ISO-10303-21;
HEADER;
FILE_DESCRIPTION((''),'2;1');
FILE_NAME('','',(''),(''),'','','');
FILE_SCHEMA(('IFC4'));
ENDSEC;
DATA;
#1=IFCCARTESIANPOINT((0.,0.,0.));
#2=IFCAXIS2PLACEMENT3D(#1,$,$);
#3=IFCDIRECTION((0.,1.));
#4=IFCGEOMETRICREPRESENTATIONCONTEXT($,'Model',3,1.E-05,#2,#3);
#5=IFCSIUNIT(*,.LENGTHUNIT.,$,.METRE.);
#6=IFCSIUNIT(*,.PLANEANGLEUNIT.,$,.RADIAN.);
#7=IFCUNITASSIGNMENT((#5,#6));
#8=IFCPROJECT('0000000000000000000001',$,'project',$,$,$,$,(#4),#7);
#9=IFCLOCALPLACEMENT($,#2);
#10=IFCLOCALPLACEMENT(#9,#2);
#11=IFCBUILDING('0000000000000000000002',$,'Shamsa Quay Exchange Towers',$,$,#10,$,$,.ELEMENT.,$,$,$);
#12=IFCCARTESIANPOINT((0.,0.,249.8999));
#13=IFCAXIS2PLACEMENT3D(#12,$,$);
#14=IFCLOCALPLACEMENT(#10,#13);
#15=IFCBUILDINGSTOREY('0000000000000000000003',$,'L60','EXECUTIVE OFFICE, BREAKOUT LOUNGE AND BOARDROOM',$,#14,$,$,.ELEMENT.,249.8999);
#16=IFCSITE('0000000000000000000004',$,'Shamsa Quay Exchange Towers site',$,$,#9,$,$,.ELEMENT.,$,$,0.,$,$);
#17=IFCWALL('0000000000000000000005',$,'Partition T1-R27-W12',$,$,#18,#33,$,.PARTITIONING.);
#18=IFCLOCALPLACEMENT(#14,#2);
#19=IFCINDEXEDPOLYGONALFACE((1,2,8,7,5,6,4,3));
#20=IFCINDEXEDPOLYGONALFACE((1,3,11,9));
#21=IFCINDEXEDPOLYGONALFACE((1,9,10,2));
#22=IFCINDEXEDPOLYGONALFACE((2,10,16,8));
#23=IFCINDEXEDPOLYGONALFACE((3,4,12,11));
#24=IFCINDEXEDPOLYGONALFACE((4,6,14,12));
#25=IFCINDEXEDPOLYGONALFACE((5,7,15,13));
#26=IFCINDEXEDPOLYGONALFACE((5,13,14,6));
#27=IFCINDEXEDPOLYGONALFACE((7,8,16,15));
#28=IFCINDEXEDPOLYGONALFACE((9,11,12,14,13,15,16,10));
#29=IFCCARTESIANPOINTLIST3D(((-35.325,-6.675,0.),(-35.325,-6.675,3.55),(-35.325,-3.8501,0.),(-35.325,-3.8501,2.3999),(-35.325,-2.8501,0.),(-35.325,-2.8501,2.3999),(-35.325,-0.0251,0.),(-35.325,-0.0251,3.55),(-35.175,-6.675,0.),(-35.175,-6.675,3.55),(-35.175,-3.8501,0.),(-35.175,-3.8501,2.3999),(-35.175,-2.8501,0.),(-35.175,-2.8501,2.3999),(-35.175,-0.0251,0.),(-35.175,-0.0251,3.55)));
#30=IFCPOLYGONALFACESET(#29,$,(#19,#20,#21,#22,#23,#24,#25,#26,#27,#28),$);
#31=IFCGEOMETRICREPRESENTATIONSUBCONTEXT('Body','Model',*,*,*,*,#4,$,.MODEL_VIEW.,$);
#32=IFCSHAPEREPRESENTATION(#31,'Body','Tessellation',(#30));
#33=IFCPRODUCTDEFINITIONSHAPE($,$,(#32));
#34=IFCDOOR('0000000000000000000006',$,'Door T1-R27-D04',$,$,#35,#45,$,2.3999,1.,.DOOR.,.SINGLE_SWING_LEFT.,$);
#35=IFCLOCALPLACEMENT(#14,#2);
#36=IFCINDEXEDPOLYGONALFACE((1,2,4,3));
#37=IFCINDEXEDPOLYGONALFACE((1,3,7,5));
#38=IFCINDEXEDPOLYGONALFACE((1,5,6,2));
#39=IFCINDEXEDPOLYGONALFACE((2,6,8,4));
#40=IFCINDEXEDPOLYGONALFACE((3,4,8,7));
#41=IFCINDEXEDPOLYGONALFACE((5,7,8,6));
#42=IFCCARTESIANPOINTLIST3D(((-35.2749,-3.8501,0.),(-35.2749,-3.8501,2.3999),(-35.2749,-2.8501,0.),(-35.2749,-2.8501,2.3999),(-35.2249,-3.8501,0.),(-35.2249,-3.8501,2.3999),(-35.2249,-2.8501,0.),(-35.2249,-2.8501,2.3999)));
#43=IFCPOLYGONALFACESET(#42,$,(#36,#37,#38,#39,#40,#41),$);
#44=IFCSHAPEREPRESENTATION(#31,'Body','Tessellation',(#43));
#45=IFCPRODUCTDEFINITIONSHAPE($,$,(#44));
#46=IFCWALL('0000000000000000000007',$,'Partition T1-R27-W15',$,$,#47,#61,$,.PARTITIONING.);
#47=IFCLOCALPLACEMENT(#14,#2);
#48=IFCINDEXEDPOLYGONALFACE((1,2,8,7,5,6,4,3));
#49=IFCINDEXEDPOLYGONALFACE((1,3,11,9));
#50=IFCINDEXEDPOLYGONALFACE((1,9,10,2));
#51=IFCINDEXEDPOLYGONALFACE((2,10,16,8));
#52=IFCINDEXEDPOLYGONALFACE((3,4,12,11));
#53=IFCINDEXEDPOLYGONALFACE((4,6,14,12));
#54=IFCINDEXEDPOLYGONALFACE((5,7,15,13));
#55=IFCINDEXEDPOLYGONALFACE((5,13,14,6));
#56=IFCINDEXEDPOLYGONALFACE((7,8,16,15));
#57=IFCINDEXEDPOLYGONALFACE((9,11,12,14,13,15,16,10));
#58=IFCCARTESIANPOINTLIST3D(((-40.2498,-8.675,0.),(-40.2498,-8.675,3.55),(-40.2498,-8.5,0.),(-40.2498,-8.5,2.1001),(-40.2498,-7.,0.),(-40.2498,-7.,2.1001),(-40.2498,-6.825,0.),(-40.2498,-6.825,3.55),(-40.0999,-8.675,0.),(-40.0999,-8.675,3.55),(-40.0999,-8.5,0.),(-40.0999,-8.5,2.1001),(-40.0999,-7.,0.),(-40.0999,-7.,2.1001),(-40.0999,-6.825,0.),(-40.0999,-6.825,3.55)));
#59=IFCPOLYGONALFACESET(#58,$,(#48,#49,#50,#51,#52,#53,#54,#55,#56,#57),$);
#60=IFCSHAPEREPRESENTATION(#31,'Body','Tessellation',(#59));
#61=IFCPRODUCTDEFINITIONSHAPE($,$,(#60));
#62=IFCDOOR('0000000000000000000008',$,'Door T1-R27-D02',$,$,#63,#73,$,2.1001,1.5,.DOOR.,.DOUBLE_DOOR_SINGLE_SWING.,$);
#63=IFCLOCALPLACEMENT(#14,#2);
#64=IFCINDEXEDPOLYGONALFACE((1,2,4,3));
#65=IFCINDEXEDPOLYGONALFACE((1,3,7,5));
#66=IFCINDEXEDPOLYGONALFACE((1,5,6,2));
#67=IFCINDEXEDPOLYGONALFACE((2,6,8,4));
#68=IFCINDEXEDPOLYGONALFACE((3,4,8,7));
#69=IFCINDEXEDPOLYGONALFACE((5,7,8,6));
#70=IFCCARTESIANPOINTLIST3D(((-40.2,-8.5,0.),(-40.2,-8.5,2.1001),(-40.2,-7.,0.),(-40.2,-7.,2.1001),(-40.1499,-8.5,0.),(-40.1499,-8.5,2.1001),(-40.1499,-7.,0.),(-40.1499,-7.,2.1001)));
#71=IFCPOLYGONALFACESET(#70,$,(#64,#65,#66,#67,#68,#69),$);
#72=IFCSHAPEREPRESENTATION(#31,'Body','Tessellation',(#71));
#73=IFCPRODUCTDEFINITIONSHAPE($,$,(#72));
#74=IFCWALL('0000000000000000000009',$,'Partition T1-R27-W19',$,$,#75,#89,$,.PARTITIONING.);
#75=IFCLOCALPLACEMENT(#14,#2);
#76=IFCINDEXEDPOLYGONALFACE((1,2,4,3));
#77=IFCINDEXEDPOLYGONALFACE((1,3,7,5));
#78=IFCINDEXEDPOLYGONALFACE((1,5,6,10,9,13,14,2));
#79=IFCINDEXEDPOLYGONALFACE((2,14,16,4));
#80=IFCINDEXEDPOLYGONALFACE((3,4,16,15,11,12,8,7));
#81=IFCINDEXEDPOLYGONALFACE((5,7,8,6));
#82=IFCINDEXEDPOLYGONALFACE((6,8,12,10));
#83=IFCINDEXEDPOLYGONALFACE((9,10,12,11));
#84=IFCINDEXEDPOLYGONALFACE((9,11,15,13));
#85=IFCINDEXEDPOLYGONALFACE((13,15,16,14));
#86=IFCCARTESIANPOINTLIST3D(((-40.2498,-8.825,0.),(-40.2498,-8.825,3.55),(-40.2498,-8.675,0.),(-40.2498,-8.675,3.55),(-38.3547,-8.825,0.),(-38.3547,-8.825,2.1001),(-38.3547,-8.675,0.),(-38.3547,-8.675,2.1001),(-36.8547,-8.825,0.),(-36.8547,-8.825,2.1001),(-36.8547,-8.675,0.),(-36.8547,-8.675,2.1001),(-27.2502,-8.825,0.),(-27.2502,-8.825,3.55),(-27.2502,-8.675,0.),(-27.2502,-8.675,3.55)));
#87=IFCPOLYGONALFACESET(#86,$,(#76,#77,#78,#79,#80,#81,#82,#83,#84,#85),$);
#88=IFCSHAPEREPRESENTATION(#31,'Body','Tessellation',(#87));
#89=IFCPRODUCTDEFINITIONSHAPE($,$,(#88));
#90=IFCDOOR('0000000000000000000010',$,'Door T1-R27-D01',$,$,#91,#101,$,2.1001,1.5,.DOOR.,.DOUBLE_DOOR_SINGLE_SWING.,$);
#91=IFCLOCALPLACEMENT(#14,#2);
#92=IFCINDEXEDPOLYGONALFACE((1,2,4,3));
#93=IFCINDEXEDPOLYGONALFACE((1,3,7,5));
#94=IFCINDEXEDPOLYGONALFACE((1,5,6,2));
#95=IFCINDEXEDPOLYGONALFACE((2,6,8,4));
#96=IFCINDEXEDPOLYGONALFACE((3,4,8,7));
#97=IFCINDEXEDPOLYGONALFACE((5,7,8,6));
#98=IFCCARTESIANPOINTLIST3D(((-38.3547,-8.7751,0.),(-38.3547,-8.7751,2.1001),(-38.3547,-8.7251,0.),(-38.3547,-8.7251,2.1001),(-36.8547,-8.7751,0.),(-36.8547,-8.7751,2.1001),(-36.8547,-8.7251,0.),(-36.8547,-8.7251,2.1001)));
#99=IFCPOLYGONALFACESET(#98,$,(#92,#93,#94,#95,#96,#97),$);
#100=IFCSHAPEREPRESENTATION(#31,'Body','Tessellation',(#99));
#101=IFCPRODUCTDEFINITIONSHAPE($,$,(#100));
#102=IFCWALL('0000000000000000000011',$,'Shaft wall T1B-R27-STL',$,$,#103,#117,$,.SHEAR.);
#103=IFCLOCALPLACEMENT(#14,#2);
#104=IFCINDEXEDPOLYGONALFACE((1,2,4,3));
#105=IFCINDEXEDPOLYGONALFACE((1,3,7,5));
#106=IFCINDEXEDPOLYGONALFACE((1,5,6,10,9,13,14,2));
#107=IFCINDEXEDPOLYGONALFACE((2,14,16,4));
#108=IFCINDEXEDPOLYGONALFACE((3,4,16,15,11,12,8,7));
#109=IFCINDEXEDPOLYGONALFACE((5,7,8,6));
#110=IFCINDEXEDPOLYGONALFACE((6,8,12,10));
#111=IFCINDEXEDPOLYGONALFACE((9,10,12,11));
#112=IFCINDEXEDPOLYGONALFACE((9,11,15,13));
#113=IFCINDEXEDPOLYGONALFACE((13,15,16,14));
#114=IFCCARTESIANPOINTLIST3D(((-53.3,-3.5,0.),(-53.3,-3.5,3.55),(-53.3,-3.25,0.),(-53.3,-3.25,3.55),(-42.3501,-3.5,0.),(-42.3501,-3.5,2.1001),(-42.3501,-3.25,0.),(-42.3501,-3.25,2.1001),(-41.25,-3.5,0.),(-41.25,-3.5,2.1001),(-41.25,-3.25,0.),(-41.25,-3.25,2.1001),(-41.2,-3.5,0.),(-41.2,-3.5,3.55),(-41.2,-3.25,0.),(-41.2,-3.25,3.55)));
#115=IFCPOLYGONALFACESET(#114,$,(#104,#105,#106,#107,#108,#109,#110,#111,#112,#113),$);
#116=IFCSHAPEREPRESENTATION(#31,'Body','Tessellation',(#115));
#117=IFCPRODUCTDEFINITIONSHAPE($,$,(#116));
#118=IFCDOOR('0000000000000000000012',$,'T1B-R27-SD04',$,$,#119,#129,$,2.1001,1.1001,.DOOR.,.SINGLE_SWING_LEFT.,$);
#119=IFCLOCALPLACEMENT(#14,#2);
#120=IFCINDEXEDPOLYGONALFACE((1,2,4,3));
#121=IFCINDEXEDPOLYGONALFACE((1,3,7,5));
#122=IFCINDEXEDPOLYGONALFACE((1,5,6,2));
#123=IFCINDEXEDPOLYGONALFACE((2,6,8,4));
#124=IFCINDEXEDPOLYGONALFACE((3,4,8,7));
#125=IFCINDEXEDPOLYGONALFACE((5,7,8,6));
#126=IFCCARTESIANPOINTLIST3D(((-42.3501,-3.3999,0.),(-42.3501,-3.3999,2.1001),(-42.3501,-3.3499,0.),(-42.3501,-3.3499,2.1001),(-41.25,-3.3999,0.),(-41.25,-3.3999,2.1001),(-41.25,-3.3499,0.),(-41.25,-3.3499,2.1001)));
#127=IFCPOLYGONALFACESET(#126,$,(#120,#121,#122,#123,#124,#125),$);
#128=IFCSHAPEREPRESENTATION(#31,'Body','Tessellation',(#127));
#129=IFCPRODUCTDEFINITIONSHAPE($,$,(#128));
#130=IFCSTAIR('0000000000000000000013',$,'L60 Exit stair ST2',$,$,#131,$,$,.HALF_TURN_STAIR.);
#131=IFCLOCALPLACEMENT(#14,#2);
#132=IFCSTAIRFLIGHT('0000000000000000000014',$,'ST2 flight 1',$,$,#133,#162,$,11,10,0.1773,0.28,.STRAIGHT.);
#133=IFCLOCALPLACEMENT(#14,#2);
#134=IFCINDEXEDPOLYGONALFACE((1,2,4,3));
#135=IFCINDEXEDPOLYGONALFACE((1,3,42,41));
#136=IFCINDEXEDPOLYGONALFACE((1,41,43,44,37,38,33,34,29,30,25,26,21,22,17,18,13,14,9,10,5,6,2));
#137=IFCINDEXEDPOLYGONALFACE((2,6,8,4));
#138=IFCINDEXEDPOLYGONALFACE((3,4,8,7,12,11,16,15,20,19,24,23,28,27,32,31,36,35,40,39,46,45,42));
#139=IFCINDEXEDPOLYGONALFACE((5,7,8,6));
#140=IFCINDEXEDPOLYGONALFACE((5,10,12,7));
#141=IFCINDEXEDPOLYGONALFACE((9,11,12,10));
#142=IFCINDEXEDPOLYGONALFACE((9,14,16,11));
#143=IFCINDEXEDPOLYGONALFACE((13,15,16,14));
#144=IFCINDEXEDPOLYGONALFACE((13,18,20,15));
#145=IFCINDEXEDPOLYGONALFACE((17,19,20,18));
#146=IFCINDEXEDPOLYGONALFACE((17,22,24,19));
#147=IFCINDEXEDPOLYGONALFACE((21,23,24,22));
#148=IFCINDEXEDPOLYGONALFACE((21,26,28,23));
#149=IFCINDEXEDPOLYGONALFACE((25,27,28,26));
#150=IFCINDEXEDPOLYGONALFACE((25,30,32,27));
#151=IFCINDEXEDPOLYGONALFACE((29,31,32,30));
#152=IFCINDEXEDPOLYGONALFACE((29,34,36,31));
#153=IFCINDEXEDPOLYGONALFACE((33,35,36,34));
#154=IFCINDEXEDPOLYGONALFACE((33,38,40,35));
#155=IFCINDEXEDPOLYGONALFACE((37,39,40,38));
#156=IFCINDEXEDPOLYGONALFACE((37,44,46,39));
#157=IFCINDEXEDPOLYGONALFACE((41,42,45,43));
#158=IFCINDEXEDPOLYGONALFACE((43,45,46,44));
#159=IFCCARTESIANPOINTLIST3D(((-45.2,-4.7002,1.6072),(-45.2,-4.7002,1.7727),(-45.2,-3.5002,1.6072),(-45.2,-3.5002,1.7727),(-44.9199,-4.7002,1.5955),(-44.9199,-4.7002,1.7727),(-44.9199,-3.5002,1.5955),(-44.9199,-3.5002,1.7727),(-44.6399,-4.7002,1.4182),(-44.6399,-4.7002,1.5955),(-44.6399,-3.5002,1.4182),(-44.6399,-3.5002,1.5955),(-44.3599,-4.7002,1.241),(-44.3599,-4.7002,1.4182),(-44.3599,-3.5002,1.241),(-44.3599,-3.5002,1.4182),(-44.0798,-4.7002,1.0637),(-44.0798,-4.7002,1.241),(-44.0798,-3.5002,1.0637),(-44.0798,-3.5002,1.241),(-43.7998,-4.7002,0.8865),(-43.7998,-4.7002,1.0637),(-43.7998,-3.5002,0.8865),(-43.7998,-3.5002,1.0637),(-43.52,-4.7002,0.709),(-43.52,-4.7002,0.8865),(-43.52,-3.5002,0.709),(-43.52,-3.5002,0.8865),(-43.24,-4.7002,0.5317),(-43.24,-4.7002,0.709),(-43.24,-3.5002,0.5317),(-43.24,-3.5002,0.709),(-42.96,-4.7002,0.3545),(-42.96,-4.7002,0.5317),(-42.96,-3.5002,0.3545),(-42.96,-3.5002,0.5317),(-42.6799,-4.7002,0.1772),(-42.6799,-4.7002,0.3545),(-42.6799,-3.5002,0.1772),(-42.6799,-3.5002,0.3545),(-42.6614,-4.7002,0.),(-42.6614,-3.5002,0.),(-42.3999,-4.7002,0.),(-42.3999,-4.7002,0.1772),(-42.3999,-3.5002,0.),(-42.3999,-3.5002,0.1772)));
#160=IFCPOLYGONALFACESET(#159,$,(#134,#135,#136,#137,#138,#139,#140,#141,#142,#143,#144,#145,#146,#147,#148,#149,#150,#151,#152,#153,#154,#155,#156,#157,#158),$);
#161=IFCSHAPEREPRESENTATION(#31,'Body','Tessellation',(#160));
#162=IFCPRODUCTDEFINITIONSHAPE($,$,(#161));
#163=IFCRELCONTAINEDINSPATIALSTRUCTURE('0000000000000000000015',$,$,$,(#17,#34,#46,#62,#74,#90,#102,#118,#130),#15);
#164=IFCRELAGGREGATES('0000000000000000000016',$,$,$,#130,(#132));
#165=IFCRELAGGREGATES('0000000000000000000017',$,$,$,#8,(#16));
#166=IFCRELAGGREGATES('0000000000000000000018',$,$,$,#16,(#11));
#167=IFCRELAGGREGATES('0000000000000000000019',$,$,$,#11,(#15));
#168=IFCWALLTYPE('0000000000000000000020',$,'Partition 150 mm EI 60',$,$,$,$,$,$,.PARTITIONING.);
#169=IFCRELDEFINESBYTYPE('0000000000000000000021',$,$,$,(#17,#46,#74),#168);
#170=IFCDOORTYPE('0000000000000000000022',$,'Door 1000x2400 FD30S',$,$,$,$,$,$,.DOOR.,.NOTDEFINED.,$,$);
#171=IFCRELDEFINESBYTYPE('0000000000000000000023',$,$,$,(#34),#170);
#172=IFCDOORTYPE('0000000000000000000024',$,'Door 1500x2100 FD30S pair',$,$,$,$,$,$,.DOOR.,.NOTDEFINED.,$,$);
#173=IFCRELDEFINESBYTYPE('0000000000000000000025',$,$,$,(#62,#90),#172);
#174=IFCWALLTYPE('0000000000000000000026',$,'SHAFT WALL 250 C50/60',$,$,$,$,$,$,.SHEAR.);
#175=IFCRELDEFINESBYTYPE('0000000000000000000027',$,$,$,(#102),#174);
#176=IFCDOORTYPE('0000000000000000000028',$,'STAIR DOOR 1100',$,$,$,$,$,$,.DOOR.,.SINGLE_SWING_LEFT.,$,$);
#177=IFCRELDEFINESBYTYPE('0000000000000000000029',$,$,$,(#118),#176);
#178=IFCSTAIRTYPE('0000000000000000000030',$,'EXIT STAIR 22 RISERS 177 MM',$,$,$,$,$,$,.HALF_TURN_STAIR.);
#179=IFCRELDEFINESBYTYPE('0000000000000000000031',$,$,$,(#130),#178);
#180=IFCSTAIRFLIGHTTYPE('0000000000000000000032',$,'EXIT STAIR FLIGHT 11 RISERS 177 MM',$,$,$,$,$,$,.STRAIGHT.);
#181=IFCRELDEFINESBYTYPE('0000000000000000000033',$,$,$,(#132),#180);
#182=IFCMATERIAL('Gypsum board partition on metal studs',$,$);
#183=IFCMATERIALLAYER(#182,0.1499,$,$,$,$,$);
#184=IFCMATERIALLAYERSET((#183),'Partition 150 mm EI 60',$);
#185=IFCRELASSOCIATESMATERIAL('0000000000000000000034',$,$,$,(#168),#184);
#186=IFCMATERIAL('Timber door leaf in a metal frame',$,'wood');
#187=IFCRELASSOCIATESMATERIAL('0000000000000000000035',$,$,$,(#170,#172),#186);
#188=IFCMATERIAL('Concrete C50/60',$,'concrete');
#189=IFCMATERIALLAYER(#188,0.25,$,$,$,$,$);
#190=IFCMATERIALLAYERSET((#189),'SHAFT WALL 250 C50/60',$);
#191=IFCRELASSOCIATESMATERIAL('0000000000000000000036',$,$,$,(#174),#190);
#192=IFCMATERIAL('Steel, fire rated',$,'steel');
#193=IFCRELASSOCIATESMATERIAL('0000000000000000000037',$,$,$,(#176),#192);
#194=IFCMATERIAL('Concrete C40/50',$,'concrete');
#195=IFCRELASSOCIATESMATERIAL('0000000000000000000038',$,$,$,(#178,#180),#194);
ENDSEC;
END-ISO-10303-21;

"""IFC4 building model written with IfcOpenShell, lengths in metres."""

from ifc_helpers import new_model, si_unit, direction, frame, frame_2d, origin, place, context, subcontext, project, spatial, polyline, rectangle, outline, extrude, material, layer, layer_set, type_object, element, fill, aggregate, save


model = new_model("IFC4")

# Units and contexts
model_context = context("Model", 3, precision=1e-05, world=origin(), true_north=direction((0.0, 1.0)))
body_context = subcontext(model_context, "Body", "Model", "MODEL_VIEW")
ifc_project = project(units=[si_unit("LENGTHUNIT", "METRE"), si_unit("PLANEANGLEUNIT", "RADIAN")], contexts=[model_context])

# Site, building, storey
site_placement = place(None, origin())
site = spatial("IfcSite", under=ifc_project, at=site_placement, Name="Shamsa Quay Exchange Towers site", CompositionType="ELEMENT", RefElevation=0.0)
building_placement = place(site_placement, origin())
building = spatial("IfcBuilding", under=site, at=building_placement, Name="Shamsa Quay Exchange Towers", CompositionType="ELEMENT")
storey_placement = place(building_placement, frame((0.0, 0.0, 249.8999)))
storey = spatial("IfcBuildingStorey", under=building, at=storey_placement, Name="L60", Description="EXECUTIVE OFFICE, BREAKOUT LOUNGE AND BOARDROOM", CompositionType="ELEMENT", Elevation=249.8999)

# Shared definitions
ifc_material_1 = material(Name="Steel, fire rated", Category="steel")

# Shared definitions
ifc_material_2 = material(Name="Gypsum board partition on metal studs")
ifc_layer_1 = layer(ifc_material_2, 0.1499)
ifc_layer_set_1 = layer_set([ifc_layer_1], Name="Partition 150 mm EI 60")
wall_type_1 = type_object("IfcWallType", Name="Partition 150 mm EI 60", PredefinedType="PARTITIONING", material=ifc_layer_set_1)

# Walls, openings, doors
wall_1_placement = place(storey_placement, frame((-35.25, -6.675, 0.0), z_axis=(0.0, 0.0, 1.0), x_axis=(0.0, 1.0, 0.0)))
wall_1 = element("IfcWall", 1, at=wall_1_placement, inside=storey, type_object=wall_type_1, Name="Partition T1-R27-W12", PredefinedType="PARTITIONING", context=body_context, shape_type="SweptSolid", body=[
    extrude(rectangle(XDim=6.6499, YDim=0.1499, at=frame_2d((3.325, 0.0))), origin(), (0.0, 0.0, 1.0), 3.55),
])
opening_1_placement = place(wall_1_placement, frame((2.825, 0.0, 0.0)))
opening_1 = element("IfcOpeningElement", 2, at=opening_1_placement, cuts=wall_1, PredefinedType="OPENING", context=body_context, shape_type="SweptSolid", body=[
    extrude(rectangle(XDim=1.0, YDim=2.3999, at=frame_2d((0.5, 1.2))), frame((0.0, 0.085, 0.0), z_axis=(0.0, -1.0, 0.0), x_axis=(1.0, 0.0, 0.0)), (0.0, 0.0, 1.0), 0.1699),
])
ifc_material_3 = material(Name="Timber door leaf in a metal frame", Category="wood")
door_type_1 = type_object("IfcDoorType", Name="Door 1000x2400 FD30S", OperationType="NOTDEFINED", PredefinedType="DOOR", material=ifc_material_3)
door_1_placement = place(opening_1_placement, origin())
door_1 = element("IfcDoor", 3, at=door_1_placement, inside=storey, type_object=door_type_1, Name="Door T1-R27-D04", OperationType="SINGLE_SWING_LEFT", OverallHeight=2.3999, OverallWidth=1.0, PredefinedType="DOOR", context=body_context, shape_type="SweptSolid", body=[
    extrude(rectangle(XDim=1.0, YDim=2.3999, at=frame_2d((0.5, 1.2))), frame((0.0, 0.0249, 0.0), z_axis=(0.0, -1.0, 0.0), x_axis=(1.0, 0.0, 0.0)), (0.0, 0.0, 1.0), 0.05),
])
fill(opening_1, door_1)
wall_2_placement = place(storey_placement, frame((-40.1748, -6.825, 0.0), z_axis=(0.0, 0.0, 1.0), x_axis=(0.0, -1.0, 0.0)))
wall_2 = element("IfcWall", 4, at=wall_2_placement, inside=storey, type_object=wall_type_1, Name="Partition T1-R27-W15", PredefinedType="PARTITIONING", context=body_context, shape_type="SweptSolid", body=[
    extrude(rectangle(XDim=1.8501, YDim=0.1499, at=frame_2d((0.925, 0.0))), origin(), (0.0, 0.0, 1.0), 3.55),
])
opening_2_placement = place(wall_2_placement, frame((0.175, 0.0, 0.0)))
opening_2 = element("IfcOpeningElement", 5, at=opening_2_placement, cuts=wall_2, PredefinedType="OPENING", context=body_context, shape_type="SweptSolid", body=[
    extrude(rectangle(XDim=1.5, YDim=2.1001, at=frame_2d((0.75, 1.05))), frame((0.0, 0.085, 0.0), z_axis=(0.0, -1.0, 0.0), x_axis=(1.0, 0.0, 0.0)), (0.0, 0.0, 1.0), 0.1699),
])
door_type_2 = type_object("IfcDoorType", Name="Door 1500x2100 FD30S pair", OperationType="NOTDEFINED", PredefinedType="DOOR", material=ifc_material_3)
door_2_placement = place(opening_2_placement, origin())
door_2 = element("IfcDoor", 6, at=door_2_placement, inside=storey, type_object=door_type_2, Name="Door T1-R27-D02", OperationType="DOUBLE_DOOR_SINGLE_SWING", OverallHeight=2.1001, OverallWidth=1.5, PredefinedType="DOOR", context=body_context, shape_type="SweptSolid", body=[
    extrude(rectangle(XDim=1.5, YDim=2.1001, at=frame_2d((0.75, 1.05))), frame((0.0, 0.0249, 0.0), z_axis=(0.0, -1.0, 0.0), x_axis=(1.0, 0.0, 0.0)), (0.0, 0.0, 1.0), 0.05),
])
fill(opening_2, door_2)
wall_3_placement = place(storey_placement, frame((-40.2498, -8.75, 0.0)))
wall_3 = element("IfcWall", 7, at=wall_3_placement, inside=storey, type_object=wall_type_1, Name="Partition T1-R27-W19", PredefinedType="PARTITIONING", context=body_context, shape_type="SweptSolid", body=[
    extrude(rectangle(XDim=12.9995, YDim=0.1499, at=frame_2d((6.4998, 0.0))), origin(), (0.0, 0.0, 1.0), 3.55),
])
opening_3_placement = place(wall_3_placement, frame((1.895, 0.0, 0.0)))
opening_3 = element("IfcOpeningElement", 8, at=opening_3_placement, cuts=wall_3, PredefinedType="OPENING", context=body_context, shape_type="SweptSolid", body=[
    extrude(rectangle(XDim=1.5, YDim=2.1001, at=frame_2d((0.75, 1.05))), frame((0.0, 0.085, 0.0), z_axis=(0.0, -1.0, 0.0), x_axis=(1.0, 0.0, 0.0)), (0.0, 0.0, 1.0), 0.1699),
])
door_3_placement = place(opening_3_placement, origin())
door_3 = element("IfcDoor", 9, at=door_3_placement, inside=storey, type_object=door_type_2, Name="Door T1-R27-D01", OperationType="DOUBLE_DOOR_SINGLE_SWING", OverallHeight=2.1001, OverallWidth=1.5, PredefinedType="DOOR", context=body_context, shape_type="SweptSolid", body=[
    extrude(rectangle(XDim=1.5, YDim=2.1001, at=frame_2d((0.75, 1.05))), frame((0.0, 0.0249, 0.0), z_axis=(0.0, -1.0, 0.0), x_axis=(1.0, 0.0, 0.0)), (0.0, 0.0, 1.0), 0.05),
])
fill(opening_3, door_3)
ifc_material_4 = material(Name="Concrete C50/60", Category="concrete")
ifc_layer_2 = layer(ifc_material_4, 0.25)
ifc_layer_set_2 = layer_set([ifc_layer_2], Name="SHAFT WALL 250 C50/60")
wall_type_2 = type_object("IfcWallType", Name="SHAFT WALL 250 C50/60", PredefinedType="SHEAR", material=ifc_layer_set_2)
wall_4_placement = place(storey_placement, frame((-41.2, -3.375, 0.0), z_axis=(0.0, 0.0, 1.0), x_axis=(-1.0, 0.0, 0.0)))
wall_4 = element("IfcWall", 10, at=wall_4_placement, inside=storey, type_object=wall_type_2, Name="Shaft wall T1B-R27-STL", PredefinedType="SHEAR", context=body_context, shape_type="SweptSolid", body=[
    extrude(rectangle(XDim=12.1001, YDim=0.25, at=frame_2d((6.05, 0.0))), origin(), (0.0, 0.0, 1.0), 3.55),
])
opening_4_placement = place(wall_4_placement, frame((0.05, 0.0, 0.0)))
opening_4 = element("IfcOpeningElement", 11, at=opening_4_placement, cuts=wall_4, PredefinedType="OPENING", context=body_context, shape_type="SweptSolid", body=[
    extrude(rectangle(XDim=1.1001, YDim=2.1001, at=frame_2d((0.55, 1.05))), frame((0.0, 0.135, 0.0), z_axis=(0.0, -1.0, 0.0), x_axis=(1.0, 0.0, 0.0)), (0.0, 0.0, 1.0), 0.27),
])
door_type_3 = type_object("IfcDoorType", Name="STAIR DOOR 1100", OperationType="SINGLE_SWING_LEFT", PredefinedType="DOOR", material=ifc_material_1)
door_4_placement = place(opening_4_placement, origin())
door_4 = element("IfcDoor", 12, at=door_4_placement, inside=storey, type_object=door_type_3, Name="T1B-R27-SD04", OperationType="SINGLE_SWING_LEFT", OverallHeight=2.1001, OverallWidth=1.1001, PredefinedType="DOOR", context=body_context, shape_type="SweptSolid", body=[
    extrude(rectangle(XDim=1.1001, YDim=2.1001, at=frame_2d((0.55, 1.05))), frame((0.0, 0.0249, 0.0), z_axis=(0.0, -1.0, 0.0), x_axis=(1.0, 0.0, 0.0)), (0.0, 0.0, 1.0), 0.05),
])
fill(opening_4, door_4)

# Stair, stair flight
ifc_material_5 = material(Name="Concrete C40/50", Category="concrete")
stair_type = type_object("IfcStairType", Name="EXIT STAIR 22 RISERS 177 MM", PredefinedType="HALF_TURN_STAIR", material=ifc_material_5)
stair_placement = place(storey_placement, origin())
stair = element("IfcStair", 13, at=stair_placement, inside=storey, type_object=stair_type, Name="L60 Exit stair ST2", PredefinedType="HALF_TURN_STAIR")
stair_flight_type = type_object("IfcStairFlightType", Name="EXIT STAIR FLIGHT 11 RISERS 177 MM", PredefinedType="STRAIGHT", material=ifc_material_5)
stair_flight_placement = place(storey_placement, frame((-42.3999, -4.1001, 0.0), z_axis=(0.0, 0.0, 1.0), x_axis=(-1.0, 0.0, 0.0)))
stair_flight = element("IfcStairFlight", 14, at=stair_flight_placement, type_object=stair_flight_type, Name="ST2 flight 1", NumberOfRisers=11, NumberOfTreads=10, PredefinedType="STRAIGHT", RiserHeight=0.1773, TreadLength=0.28, context=body_context, shape_type="SweptSolid", body=[
    extrude(outline(polyline([(0.0, 0.0), (0.0, 0.1772), (0.28, 0.1772), (0.28, 0.3545), (0.5601, 0.3545), (0.5601, 0.5317), (0.8401, 0.5317), (0.8401, 0.709), (1.1201, 0.709), (1.1201, 0.8865), (1.3999, 0.8865), (1.3999, 1.0637), (1.6799, 1.0637), (1.6799, 1.241), (1.96, 1.241), (1.96, 1.4182), (2.24, 1.4182), (2.24, 1.5955), (2.52, 1.5955), (2.52, 1.7727), (2.8, 1.7727), (2.8, 1.95), (2.8, 1.6072), (0.2615, 0.0), (0.0, 0.0)])), frame((0.0, 0.6001, 0.0), z_axis=(0.0, -1.0, 0.0), x_axis=(1.0, 0.0, 0.0)), (0.0, 0.0, 1.0), 1.2),
])
aggregate(stair, [stair_flight])

save(model, "model.ifc")
